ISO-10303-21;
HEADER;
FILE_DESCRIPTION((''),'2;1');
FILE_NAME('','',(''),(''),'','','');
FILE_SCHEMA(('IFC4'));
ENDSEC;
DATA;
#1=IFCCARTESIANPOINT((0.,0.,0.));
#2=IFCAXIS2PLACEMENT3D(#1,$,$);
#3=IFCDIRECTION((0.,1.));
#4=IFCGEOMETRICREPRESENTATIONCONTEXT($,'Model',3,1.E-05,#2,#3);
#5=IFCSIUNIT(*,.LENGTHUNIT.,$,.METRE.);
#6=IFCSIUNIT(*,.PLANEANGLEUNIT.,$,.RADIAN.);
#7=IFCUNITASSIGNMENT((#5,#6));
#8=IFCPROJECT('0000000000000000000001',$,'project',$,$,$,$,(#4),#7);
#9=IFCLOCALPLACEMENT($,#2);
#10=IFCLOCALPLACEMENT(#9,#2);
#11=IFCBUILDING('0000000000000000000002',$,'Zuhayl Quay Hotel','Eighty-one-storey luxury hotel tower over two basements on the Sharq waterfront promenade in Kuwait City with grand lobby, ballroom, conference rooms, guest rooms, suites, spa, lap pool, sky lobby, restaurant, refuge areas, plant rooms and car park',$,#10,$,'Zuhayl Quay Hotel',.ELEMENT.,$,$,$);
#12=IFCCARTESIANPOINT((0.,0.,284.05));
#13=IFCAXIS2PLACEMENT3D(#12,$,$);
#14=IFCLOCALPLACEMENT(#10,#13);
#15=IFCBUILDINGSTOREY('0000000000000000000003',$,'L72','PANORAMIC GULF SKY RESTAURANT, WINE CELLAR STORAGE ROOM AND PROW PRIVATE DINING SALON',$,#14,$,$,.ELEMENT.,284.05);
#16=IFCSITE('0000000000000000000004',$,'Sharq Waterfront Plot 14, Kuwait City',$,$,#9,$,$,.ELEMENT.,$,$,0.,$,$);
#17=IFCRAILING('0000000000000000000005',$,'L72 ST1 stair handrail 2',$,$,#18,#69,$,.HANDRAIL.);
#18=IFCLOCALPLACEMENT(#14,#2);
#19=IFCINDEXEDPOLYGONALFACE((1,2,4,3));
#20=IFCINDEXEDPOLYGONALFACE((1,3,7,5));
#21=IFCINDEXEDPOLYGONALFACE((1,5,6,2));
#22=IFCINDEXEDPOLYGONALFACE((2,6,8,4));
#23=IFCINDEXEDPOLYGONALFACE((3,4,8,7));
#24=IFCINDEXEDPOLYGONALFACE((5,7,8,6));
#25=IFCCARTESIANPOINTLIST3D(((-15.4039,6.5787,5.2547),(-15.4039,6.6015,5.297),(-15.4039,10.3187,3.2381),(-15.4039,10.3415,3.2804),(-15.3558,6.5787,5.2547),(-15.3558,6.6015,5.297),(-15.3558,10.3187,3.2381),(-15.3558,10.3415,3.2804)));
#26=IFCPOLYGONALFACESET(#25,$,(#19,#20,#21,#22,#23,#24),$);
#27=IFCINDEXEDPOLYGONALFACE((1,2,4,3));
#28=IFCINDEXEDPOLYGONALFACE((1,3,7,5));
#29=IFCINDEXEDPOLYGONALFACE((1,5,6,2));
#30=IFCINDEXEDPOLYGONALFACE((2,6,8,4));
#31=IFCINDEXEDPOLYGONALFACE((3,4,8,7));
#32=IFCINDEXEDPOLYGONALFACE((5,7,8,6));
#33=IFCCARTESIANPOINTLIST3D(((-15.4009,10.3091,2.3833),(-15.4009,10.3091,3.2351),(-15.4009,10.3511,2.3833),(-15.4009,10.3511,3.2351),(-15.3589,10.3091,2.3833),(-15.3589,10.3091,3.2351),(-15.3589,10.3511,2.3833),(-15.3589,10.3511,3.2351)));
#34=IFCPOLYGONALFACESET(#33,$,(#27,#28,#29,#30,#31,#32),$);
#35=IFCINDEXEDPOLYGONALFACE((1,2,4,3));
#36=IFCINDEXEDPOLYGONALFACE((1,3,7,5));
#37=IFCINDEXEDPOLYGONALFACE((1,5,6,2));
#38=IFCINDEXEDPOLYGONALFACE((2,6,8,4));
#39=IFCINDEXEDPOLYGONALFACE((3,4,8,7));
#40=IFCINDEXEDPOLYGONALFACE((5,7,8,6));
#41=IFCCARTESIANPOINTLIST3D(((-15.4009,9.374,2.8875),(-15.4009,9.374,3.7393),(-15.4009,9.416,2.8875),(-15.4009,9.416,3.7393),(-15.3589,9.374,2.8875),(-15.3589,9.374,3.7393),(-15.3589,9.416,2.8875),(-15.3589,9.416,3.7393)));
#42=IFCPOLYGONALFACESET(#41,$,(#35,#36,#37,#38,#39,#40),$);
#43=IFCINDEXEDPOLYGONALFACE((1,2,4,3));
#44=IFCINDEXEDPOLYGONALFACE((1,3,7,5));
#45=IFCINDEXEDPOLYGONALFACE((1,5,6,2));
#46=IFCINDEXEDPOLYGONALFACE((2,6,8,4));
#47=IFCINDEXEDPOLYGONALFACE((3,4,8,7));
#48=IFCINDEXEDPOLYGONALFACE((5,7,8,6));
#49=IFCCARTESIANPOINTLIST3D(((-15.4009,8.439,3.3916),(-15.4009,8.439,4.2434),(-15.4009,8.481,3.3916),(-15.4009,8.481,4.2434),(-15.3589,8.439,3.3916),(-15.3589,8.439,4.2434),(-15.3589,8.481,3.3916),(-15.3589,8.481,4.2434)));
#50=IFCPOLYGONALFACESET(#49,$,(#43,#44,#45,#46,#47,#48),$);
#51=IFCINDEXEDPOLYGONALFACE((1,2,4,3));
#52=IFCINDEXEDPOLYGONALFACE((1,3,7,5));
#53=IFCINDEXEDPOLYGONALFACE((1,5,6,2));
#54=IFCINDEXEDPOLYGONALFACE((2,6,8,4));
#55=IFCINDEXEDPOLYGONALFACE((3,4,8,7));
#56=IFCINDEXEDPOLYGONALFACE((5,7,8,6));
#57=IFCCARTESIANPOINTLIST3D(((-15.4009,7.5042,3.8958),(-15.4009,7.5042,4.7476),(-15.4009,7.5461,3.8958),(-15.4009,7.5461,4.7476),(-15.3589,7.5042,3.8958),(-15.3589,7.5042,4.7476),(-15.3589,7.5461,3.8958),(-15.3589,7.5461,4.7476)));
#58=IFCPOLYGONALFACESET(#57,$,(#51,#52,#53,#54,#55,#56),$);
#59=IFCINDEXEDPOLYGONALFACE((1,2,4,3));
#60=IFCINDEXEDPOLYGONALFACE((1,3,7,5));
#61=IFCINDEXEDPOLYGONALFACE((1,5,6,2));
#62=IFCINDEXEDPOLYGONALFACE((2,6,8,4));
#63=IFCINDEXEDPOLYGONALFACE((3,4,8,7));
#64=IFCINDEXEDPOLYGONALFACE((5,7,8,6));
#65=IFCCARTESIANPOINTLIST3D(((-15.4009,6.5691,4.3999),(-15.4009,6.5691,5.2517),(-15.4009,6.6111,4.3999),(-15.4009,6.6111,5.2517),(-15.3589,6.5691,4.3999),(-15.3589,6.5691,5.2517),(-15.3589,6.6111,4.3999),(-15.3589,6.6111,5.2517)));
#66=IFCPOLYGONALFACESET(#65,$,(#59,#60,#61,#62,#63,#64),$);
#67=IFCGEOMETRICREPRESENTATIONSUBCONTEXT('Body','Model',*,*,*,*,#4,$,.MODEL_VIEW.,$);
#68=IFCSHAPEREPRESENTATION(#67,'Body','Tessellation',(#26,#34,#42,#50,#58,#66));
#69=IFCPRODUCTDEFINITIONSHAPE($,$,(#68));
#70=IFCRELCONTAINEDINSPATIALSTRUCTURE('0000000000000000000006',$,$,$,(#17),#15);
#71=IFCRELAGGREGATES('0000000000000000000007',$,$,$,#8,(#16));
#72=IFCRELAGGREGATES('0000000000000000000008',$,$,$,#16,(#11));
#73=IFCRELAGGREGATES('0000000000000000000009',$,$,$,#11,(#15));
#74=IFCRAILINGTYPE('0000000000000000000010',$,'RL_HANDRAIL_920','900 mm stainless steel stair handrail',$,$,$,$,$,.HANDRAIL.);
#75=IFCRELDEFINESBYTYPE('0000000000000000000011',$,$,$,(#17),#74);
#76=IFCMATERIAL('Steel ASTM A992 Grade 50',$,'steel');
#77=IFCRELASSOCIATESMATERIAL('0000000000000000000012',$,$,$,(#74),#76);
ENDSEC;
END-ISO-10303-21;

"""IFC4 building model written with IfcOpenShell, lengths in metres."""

from ifc_helpers import new_model, si_unit, direction, frame, origin, origin_2d, place, context, subcontext, project, spatial, rectangle, extrude, material, type_object, element, save


model = new_model("IFC4")

# Units and contexts
model_context = context("Model", 3, precision=1e-05, world=origin(), true_north=direction((0.0, 1.0)))
body_context = subcontext(model_context, "Body", "Model", "MODEL_VIEW")
ifc_project = project(units=[si_unit("LENGTHUNIT", "METRE"), si_unit("PLANEANGLEUNIT", "RADIAN")], contexts=[model_context])

# Site, building, storey
site_placement = place(None, origin())
site = spatial("IfcSite", under=ifc_project, at=site_placement, Name="Sharq Waterfront Plot 14, Kuwait City", CompositionType="ELEMENT", RefElevation=0.0)
building_placement = place(site_placement, origin())
building = spatial("IfcBuilding", under=site, at=building_placement, Name="Zuhayl Quay Hotel", Description="Eighty-one-storey luxury hotel tower over two basements on the Sharq waterfront promenade in Kuwait City with grand lobby, ballroom, conference rooms, guest rooms, suites, spa, lap pool, sky lobby, restaurant, refuge areas, plant rooms and car park", LongName="Zuhayl Quay Hotel", CompositionType="ELEMENT")
storey_placement = place(building_placement, frame((0.0, 0.0, 284.05)))
storey = spatial("IfcBuildingStorey", under=building, at=storey_placement, Name="L72", Description="PANORAMIC GULF SKY RESTAURANT, WINE CELLAR STORAGE ROOM AND PROW PRIVATE DINING SALON", CompositionType="ELEMENT", Elevation=284.05)

# Shared definitions
ifc_material_1 = material(Name="Steel ASTM A992 Grade 50", Category="steel")

# Railing
railing_type_1 = type_object("IfcRailingType", Name="RL_HANDRAIL_920", Description="900 mm stainless steel stair handrail", PredefinedType="HANDRAIL", material=ifc_material_1)
railing_1_placement = place(storey_placement, frame((-15.3799, 10.3301, 2.3833)))
element("IfcRailing", 1, at=railing_1_placement, inside=storey, type_object=railing_type_1, Name="L72 ST1 stair handrail 2", PredefinedType="HANDRAIL", context=body_context, shape_type="SweptSolid", body=[
    extrude(rectangle(XDim=0.0481, YDim=0.0481, at=origin_2d()), frame((0.0, 0.0, 0.876), z_axis=(0.0, -0.8802, 0.474603), x_axis=(1.0, 0.0, 0.0)), (0.0, 0.0, 1.0), 4.249),
    extrude(rectangle(XDim=0.042, YDim=0.042, at=origin_2d()), origin(), (0.0, 0.0, 1.0), 0.8518),
    extrude(rectangle(XDim=0.042, YDim=0.042, at=origin_2d()), frame((0.0, -0.9351, 0.5042)), (0.0, 0.0, 1.0), 0.8518),
    extrude(rectangle(XDim=0.042, YDim=0.042, at=origin_2d()), frame((0.0, -1.8701, 1.0083)), (0.0, 0.0, 1.0), 0.8518),
    extrude(rectangle(XDim=0.042, YDim=0.042, at=origin_2d()), frame((0.0, -2.8049, 1.5125)), (0.0, 0.0, 1.0), 0.8518),
    extrude(rectangle(XDim=0.042, YDim=0.042, at=origin_2d()), frame((0.0, -3.74, 2.0166)), (0.0, 0.0, 1.0), 0.8518),
])

save(model, "model.ifc")
